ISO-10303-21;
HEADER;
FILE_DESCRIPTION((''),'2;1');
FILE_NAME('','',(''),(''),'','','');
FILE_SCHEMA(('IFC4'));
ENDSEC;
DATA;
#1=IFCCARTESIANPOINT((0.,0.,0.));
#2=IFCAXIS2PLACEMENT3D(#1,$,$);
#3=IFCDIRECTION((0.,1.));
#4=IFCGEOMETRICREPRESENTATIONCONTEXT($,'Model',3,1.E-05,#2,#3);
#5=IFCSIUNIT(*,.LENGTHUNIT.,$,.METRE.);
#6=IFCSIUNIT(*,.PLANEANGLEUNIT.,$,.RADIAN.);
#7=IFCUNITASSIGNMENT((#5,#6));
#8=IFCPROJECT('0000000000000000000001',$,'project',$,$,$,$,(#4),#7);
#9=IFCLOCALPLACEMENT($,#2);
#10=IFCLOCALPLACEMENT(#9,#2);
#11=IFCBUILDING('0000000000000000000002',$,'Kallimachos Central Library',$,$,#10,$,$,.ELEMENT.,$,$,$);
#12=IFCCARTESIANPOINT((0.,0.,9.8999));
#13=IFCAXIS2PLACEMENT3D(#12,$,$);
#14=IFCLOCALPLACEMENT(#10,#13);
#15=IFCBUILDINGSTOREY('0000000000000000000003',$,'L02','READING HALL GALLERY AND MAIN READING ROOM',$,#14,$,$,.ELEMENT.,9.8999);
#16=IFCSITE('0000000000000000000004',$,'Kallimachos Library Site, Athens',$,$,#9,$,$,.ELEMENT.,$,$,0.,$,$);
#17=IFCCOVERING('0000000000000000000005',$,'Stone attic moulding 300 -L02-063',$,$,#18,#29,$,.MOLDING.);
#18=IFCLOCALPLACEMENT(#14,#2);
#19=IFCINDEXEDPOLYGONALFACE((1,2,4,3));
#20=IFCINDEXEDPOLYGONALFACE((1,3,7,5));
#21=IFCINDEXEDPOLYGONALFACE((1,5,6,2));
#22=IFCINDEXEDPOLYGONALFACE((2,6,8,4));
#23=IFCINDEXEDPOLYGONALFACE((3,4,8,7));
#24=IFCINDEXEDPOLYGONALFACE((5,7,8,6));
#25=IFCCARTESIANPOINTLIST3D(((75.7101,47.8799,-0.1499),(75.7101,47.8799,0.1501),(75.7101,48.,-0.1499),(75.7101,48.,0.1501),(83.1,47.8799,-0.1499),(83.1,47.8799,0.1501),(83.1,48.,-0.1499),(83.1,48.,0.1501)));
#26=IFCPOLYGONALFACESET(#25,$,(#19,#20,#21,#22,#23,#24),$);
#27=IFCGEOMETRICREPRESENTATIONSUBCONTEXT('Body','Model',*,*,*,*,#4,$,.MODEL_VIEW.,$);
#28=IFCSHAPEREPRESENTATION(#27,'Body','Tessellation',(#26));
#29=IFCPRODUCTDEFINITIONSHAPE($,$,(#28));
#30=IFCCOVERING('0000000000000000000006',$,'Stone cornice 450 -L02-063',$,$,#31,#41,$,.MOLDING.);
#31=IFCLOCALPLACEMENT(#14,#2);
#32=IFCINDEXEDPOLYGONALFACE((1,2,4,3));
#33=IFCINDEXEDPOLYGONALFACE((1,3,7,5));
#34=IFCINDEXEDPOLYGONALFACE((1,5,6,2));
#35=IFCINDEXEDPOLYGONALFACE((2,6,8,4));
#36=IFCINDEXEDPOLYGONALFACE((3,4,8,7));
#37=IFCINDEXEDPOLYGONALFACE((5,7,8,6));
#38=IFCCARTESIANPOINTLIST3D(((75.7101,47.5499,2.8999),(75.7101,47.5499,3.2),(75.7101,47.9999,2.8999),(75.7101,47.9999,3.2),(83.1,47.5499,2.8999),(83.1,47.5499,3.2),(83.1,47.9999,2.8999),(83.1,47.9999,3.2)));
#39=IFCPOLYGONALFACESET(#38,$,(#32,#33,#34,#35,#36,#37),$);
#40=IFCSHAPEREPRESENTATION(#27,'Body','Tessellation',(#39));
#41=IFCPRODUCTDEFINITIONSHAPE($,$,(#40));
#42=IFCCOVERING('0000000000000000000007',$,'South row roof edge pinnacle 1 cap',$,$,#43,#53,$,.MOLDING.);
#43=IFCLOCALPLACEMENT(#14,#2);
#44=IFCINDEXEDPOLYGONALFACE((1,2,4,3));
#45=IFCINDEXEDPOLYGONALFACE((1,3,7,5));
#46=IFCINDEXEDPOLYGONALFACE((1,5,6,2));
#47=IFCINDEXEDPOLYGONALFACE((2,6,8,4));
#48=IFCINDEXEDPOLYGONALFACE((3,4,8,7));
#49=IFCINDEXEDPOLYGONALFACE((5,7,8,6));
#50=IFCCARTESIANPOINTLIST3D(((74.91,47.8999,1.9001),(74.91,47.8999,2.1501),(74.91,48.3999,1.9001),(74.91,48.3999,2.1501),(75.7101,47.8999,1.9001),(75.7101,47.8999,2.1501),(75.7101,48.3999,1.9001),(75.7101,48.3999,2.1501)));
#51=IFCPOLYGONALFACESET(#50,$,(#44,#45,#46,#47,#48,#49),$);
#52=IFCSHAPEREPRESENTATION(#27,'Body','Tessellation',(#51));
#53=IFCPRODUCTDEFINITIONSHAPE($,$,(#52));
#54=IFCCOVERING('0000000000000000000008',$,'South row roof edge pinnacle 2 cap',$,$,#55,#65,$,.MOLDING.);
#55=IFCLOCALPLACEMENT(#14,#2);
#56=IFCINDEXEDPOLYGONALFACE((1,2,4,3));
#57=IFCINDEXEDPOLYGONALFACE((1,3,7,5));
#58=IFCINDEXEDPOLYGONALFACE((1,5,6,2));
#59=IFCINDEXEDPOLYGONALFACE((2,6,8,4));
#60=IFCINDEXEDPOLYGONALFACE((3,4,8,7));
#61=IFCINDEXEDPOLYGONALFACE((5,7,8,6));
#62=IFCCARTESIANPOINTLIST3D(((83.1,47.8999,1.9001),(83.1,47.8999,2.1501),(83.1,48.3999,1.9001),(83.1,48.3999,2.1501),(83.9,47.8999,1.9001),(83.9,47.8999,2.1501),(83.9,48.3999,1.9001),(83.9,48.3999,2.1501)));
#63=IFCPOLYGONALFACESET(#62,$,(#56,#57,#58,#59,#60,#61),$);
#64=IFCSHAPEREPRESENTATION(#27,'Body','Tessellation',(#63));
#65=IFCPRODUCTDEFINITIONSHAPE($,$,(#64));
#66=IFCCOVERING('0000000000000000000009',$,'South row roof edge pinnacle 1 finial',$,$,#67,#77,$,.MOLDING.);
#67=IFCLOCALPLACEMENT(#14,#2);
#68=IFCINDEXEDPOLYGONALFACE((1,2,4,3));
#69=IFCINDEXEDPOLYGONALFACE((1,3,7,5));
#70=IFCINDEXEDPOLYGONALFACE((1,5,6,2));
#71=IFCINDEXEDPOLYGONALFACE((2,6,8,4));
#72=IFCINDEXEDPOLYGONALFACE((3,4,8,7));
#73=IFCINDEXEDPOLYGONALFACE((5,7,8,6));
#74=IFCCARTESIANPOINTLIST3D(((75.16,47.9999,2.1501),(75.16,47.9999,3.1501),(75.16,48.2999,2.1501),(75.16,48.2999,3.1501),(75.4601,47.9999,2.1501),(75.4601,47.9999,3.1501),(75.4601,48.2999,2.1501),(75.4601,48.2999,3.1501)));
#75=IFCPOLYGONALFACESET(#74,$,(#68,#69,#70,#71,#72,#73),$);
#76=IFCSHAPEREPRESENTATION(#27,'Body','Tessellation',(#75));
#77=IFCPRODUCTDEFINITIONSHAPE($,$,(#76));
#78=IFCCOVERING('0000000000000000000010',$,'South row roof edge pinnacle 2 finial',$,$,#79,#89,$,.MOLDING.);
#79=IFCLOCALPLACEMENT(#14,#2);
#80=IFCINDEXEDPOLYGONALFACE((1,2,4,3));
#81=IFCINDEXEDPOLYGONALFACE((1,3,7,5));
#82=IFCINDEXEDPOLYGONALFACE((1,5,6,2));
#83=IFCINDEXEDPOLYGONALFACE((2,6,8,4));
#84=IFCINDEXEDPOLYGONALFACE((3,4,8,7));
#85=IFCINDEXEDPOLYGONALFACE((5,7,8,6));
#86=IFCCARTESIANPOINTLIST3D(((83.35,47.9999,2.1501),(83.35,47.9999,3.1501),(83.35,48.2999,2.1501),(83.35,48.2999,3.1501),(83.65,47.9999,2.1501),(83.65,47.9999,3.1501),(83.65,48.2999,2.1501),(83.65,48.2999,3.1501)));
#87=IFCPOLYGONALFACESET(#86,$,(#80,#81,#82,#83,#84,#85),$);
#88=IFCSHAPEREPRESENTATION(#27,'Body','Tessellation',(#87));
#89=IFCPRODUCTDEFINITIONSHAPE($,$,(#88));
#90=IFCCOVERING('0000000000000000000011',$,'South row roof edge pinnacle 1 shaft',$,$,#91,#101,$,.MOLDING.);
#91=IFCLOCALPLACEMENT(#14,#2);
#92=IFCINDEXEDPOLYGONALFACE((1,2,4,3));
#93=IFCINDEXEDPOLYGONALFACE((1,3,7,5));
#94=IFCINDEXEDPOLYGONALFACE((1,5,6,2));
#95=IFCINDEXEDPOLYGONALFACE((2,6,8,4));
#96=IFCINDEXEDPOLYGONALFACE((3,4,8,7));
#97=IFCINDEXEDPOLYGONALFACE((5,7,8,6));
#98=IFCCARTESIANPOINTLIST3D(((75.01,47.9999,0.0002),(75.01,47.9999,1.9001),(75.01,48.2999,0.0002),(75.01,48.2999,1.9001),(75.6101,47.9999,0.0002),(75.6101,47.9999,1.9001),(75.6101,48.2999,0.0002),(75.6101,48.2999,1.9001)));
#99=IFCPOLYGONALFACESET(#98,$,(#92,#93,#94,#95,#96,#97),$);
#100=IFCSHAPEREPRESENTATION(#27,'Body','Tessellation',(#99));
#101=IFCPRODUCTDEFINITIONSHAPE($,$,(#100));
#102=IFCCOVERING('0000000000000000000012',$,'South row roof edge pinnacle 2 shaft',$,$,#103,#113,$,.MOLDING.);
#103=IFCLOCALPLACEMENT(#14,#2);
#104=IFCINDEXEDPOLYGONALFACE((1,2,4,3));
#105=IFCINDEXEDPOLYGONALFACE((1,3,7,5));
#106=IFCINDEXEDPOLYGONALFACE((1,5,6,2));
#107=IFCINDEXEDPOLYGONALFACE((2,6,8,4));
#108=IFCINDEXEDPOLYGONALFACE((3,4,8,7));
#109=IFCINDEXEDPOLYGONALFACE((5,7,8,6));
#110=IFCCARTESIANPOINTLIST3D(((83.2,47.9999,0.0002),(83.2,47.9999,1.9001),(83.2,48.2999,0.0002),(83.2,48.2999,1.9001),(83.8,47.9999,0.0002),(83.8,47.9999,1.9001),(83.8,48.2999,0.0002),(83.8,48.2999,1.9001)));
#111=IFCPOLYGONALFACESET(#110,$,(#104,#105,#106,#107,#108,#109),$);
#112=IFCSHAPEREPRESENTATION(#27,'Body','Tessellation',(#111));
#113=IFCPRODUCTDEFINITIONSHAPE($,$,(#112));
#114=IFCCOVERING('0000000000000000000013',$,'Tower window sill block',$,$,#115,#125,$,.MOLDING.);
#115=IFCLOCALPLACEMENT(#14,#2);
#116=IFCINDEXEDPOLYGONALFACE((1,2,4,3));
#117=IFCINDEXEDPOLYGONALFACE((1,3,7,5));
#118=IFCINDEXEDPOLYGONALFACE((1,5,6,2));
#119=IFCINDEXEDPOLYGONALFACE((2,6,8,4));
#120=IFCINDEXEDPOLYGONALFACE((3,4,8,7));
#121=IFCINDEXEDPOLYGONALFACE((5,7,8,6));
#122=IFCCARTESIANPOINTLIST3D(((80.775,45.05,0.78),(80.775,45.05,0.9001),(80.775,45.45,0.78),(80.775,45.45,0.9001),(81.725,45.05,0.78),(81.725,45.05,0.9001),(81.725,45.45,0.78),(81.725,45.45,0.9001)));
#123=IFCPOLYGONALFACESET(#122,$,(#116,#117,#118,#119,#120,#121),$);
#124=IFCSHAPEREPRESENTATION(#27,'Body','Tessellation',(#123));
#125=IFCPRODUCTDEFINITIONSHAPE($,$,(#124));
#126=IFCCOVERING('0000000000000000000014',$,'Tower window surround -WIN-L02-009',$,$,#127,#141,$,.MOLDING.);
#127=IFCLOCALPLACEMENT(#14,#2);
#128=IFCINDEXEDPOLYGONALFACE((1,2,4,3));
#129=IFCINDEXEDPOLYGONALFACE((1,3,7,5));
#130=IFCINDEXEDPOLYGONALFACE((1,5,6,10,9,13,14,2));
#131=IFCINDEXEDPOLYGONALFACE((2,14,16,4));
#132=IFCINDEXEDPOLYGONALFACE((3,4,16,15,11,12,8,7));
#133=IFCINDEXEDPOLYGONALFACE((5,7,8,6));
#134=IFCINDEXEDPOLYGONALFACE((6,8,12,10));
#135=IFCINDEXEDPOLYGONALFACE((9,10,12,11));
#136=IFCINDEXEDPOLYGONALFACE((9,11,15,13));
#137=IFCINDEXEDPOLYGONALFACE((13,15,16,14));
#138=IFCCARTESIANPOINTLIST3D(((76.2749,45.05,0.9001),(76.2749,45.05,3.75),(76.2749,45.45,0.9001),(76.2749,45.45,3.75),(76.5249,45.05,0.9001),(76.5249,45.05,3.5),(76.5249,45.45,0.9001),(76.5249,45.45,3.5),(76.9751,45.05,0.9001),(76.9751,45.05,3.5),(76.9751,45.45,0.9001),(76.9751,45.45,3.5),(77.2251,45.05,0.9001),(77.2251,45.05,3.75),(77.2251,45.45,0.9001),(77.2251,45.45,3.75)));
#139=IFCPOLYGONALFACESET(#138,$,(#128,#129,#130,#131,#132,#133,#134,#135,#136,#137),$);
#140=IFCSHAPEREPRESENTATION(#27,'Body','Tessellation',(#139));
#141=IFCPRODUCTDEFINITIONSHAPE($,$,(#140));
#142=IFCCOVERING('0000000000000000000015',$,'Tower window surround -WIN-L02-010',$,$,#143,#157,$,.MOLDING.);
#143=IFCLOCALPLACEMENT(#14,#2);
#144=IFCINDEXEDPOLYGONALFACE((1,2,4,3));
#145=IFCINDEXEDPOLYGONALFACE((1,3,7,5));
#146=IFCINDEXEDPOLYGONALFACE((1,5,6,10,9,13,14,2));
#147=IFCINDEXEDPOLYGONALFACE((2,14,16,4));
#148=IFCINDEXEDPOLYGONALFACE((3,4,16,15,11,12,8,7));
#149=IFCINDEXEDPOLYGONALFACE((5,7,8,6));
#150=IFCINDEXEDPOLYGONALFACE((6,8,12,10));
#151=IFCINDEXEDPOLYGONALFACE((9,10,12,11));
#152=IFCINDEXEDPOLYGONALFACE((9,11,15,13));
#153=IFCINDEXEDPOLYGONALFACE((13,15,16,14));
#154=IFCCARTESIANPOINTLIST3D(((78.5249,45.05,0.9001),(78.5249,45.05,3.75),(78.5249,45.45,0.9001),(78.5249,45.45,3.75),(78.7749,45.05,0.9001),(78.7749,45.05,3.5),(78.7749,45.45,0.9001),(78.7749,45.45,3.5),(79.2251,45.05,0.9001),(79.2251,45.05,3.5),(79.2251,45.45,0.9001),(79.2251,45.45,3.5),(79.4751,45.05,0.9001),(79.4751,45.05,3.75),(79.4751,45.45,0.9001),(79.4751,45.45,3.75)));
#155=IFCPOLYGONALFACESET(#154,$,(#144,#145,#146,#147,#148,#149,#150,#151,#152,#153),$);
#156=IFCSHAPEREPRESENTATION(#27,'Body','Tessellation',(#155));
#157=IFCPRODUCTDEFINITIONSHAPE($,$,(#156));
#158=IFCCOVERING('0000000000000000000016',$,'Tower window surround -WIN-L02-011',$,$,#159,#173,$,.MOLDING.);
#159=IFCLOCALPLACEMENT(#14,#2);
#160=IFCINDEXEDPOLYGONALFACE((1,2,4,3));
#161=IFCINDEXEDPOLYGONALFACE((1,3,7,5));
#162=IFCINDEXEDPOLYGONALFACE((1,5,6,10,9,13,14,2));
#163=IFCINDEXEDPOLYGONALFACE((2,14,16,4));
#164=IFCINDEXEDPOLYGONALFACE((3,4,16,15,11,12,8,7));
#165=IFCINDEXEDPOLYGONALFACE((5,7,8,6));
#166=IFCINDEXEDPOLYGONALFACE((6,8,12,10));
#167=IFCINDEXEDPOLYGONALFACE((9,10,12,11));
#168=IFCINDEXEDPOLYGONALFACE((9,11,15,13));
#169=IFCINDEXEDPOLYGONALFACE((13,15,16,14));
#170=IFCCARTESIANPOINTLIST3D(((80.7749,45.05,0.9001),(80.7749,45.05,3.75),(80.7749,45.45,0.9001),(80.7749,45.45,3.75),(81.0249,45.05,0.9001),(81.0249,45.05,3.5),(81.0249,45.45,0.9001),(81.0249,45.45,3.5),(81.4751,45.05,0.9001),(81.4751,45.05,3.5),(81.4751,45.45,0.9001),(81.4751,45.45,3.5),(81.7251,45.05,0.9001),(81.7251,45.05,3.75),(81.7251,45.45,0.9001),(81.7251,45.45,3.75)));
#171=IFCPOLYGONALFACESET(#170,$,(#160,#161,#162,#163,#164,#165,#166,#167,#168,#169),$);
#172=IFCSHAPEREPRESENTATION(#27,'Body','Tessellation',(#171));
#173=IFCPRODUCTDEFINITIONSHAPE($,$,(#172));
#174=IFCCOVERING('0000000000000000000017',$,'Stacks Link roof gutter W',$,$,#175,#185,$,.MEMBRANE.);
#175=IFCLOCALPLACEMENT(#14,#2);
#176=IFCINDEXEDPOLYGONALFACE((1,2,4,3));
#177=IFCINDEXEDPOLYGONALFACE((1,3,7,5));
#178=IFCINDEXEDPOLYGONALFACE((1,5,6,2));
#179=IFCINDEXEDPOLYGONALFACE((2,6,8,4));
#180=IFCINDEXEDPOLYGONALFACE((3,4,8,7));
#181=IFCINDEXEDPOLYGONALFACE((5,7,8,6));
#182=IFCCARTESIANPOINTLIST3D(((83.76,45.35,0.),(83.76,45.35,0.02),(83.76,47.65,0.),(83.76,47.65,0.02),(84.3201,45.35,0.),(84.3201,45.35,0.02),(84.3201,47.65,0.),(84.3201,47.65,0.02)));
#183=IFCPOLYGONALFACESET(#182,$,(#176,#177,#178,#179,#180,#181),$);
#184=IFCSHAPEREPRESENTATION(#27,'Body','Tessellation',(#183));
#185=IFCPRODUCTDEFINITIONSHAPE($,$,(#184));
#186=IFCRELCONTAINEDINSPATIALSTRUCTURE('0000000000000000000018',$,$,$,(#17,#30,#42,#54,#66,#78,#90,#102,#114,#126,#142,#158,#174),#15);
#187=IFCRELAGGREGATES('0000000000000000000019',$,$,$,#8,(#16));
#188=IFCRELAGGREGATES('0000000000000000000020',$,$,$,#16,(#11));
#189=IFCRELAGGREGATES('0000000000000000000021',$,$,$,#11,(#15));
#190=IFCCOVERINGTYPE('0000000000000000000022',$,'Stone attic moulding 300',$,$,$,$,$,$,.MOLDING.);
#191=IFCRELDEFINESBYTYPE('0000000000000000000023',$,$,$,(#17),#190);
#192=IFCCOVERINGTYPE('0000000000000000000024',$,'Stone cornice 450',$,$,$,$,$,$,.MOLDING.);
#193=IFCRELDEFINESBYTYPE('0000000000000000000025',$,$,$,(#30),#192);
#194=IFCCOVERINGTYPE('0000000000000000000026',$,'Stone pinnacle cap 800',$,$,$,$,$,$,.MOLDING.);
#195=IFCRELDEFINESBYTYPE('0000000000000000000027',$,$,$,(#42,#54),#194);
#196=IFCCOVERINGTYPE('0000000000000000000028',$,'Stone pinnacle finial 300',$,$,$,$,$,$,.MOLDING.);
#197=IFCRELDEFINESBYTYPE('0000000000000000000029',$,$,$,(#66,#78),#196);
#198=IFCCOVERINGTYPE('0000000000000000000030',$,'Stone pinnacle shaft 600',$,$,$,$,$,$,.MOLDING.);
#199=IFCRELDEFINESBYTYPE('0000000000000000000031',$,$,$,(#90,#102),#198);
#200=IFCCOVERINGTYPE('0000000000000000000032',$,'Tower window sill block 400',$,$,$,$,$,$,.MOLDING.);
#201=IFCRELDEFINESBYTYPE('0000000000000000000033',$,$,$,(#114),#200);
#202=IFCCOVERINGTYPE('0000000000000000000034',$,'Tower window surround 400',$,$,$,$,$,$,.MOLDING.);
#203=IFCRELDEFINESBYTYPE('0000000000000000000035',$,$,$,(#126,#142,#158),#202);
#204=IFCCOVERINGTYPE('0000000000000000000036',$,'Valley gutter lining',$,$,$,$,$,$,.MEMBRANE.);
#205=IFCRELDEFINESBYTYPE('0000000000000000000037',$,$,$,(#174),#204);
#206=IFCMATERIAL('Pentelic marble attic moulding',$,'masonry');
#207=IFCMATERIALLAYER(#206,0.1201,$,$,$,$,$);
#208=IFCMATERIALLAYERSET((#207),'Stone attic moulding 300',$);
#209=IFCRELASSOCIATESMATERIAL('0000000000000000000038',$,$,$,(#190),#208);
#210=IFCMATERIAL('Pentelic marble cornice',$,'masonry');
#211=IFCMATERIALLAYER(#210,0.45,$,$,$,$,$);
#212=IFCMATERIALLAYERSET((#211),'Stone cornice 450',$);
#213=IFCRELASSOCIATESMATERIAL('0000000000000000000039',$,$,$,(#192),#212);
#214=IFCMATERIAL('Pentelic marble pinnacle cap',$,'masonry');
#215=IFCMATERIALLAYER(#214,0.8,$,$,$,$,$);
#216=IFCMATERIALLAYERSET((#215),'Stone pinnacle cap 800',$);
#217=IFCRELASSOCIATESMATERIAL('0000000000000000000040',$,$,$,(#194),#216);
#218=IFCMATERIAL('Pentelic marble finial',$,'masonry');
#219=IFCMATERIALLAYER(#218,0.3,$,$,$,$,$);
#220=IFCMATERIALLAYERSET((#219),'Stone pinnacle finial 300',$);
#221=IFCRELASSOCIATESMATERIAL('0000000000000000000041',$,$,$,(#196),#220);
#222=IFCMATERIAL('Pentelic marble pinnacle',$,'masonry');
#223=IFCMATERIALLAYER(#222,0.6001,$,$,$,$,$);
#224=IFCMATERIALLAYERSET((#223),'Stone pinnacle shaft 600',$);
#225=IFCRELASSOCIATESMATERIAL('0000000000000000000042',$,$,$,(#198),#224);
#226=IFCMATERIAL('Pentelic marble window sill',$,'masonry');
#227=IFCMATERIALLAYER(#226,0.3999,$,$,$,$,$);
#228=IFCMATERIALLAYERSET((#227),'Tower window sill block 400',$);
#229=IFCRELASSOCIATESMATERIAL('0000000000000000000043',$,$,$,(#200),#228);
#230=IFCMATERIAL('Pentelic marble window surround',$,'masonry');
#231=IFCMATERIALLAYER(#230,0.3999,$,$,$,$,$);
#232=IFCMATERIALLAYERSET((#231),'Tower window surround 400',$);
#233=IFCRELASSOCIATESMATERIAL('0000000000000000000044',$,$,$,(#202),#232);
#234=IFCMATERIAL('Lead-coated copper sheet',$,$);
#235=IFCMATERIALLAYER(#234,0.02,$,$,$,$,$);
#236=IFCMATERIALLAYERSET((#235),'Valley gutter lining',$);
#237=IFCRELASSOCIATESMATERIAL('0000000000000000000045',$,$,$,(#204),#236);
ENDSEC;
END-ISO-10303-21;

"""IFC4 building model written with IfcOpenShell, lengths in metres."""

from ifc_helpers import new_model, si_unit, direction, frame, origin, origin_2d, place, context, subcontext, project, spatial, polyline, rectangle, outline, extrude, material, layer, layer_set, type_object, element, save


model = new_model("IFC4")

# Units and contexts
model_context = context("Model", 3, precision=1e-05, world=origin(), true_north=direction((0.0, 1.0)))
body_context = subcontext(model_context, "Body", "Model", "MODEL_VIEW")
ifc_project = project(units=[si_unit("LENGTHUNIT", "METRE"), si_unit("PLANEANGLEUNIT", "RADIAN")], contexts=[model_context])

# Site, building, storey
site_placement = place(None, origin())
site = spatial("IfcSite", under=ifc_project, at=site_placement, Name="Kallimachos Library Site, Athens", CompositionType="ELEMENT", RefElevation=0.0)
building_placement = place(site_placement, origin())
building = spatial("IfcBuilding", under=site, at=building_placement, Name="Kallimachos Central Library", CompositionType="ELEMENT")
storey_placement = place(building_placement, frame((0.0, 0.0, 9.8999)))
storey = spatial("IfcBuildingStorey", under=building, at=storey_placement, Name="L02", Description="READING HALL GALLERY AND MAIN READING ROOM", CompositionType="ELEMENT", Elevation=9.8999)

# Coverings
ifc_material_1 = material(Name="Pentelic marble attic moulding", Category="masonry")
ifc_layer_1 = layer(ifc_material_1, 0.1201)
ifc_layer_set_1 = layer_set([ifc_layer_1], Name="Stone attic moulding 300")
covering_type_1 = type_object("IfcCoveringType", Name="Stone attic moulding 300", PredefinedType="MOLDING", material=ifc_layer_set_1)
covering_1_placement = place(storey_placement, frame((79.405, 47.9399, -0.1499), z_axis=(0.0, 0.0, 1.0), x_axis=(1.0, 0.0, 0.0)))
element("IfcCovering", 1, at=covering_1_placement, inside=storey, type_object=covering_type_1, Name="Stone attic moulding 300 -L02-063", PredefinedType="MOLDING", context=body_context, shape_type="SweptSolid", body=[
    extrude(rectangle(XDim=7.3899, YDim=0.1201, at=origin_2d()), origin(), (0.0, 0.0, 1.0), 0.3),
])
ifc_material_2 = material(Name="Pentelic marble cornice", Category="masonry")
ifc_layer_2 = layer(ifc_material_2, 0.45)
ifc_layer_set_2 = layer_set([ifc_layer_2], Name="Stone cornice 450")
covering_type_2 = type_object("IfcCoveringType", Name="Stone cornice 450", PredefinedType="MOLDING", material=ifc_layer_set_2)
covering_2_placement = place(storey_placement, frame((79.405, 47.7749, 2.8999), z_axis=(0.0, 0.0, 1.0), x_axis=(1.0, 0.0, 0.0)))
element("IfcCovering", 2, at=covering_2_placement, inside=storey, type_object=covering_type_2, Name="Stone cornice 450 -L02-063", PredefinedType="MOLDING", context=body_context, shape_type="SweptSolid", body=[
    extrude(rectangle(XDim=7.3899, YDim=0.45, at=origin_2d()), origin(), (0.0, 0.0, 1.0), 0.3),
])
ifc_material_3 = material(Name="Pentelic marble pinnacle cap", Category="masonry")
ifc_layer_3 = layer(ifc_material_3, 0.8)
ifc_layer_set_3 = layer_set([ifc_layer_3], Name="Stone pinnacle cap 800")
covering_type_3 = type_object("IfcCoveringType", Name="Stone pinnacle cap 800", PredefinedType="MOLDING", material=ifc_layer_set_3)
for number, where, z_axis, x_axis, name in (
    (3, (75.3101, 48.1499, 1.9001), (0.0, 0.0, 1.0), (1.0, 0.0, 0.0), "South row roof edge pinnacle 1 cap"),
    (4, (83.5, 48.1499, 1.9001), (0.0, 0.0, 1.0), (1.0, 0.0, 0.0), "South row roof edge pinnacle 2 cap"),
):
    element("IfcCovering", number, at=place(storey_placement, frame(where, z_axis=z_axis, x_axis=x_axis)), inside=storey, type_object=covering_type_3, Name=name, PredefinedType="MOLDING", context=body_context, shape_type="SweptSolid", body=[
        extrude(rectangle(XDim=0.8, YDim=0.5, at=origin_2d()), origin(), (0.0, 0.0, 1.0), 0.25),
    ])
ifc_material_4 = material(Name="Pentelic marble finial", Category="masonry")
ifc_layer_4 = layer(ifc_material_4, 0.3)
ifc_layer_set_4 = layer_set([ifc_layer_4], Name="Stone pinnacle finial 300")
covering_type_4 = type_object("IfcCoveringType", Name="Stone pinnacle finial 300", PredefinedType="MOLDING", material=ifc_layer_set_4)
for number, where, z_axis, x_axis, name in (
    (5, (75.3101, 48.1499, 2.1501), (0.0, 0.0, 1.0), (1.0, 0.0, 0.0), "South row roof edge pinnacle 1 finial"),
    (6, (83.5, 48.1499, 2.1501), (0.0, 0.0, 1.0), (1.0, 0.0, 0.0), "South row roof edge pinnacle 2 finial"),
):
    element("IfcCovering", number, at=place(storey_placement, frame(where, z_axis=z_axis, x_axis=x_axis)), inside=storey, type_object=covering_type_4, Name=name, PredefinedType="MOLDING", context=body_context, shape_type="SweptSolid", body=[
        extrude(rectangle(XDim=0.3, YDim=0.3, at=origin_2d()), origin(), (0.0, 0.0, 1.0), 1.0),
    ])
ifc_material_5 = material(Name="Pentelic marble pinnacle", Category="masonry")
ifc_layer_5 = layer(ifc_material_5, 0.6001)
ifc_layer_set_5 = layer_set([ifc_layer_5], Name="Stone pinnacle shaft 600")
covering_type_5 = type_object("IfcCoveringType", Name="Stone pinnacle shaft 600", PredefinedType="MOLDING", material=ifc_layer_set_5)
for number, where, z_axis, x_axis, name in (
    (7, (75.3101, 48.1499, 0.0002), (0.0, 0.0, 1.0), (1.0, 0.0, 0.0), "South row roof edge pinnacle 1 shaft"),
    (8, (83.5, 48.1499, 0.0002), (0.0, 0.0, 1.0), (1.0, 0.0, 0.0), "South row roof edge pinnacle 2 shaft"),
):
    element("IfcCovering", number, at=place(storey_placement, frame(where, z_axis=z_axis, x_axis=x_axis)), inside=storey, type_object=covering_type_5, Name=name, PredefinedType="MOLDING", context=body_context, shape_type="SweptSolid", body=[
        extrude(rectangle(XDim=0.6001, YDim=0.3, at=origin_2d()), origin(), (0.0, 0.0, 1.0), 1.8999),
    ])
ifc_material_6 = material(Name="Pentelic marble window sill", Category="masonry")
ifc_layer_6 = layer(ifc_material_6, 0.3999)
ifc_layer_set_6 = layer_set([ifc_layer_6], Name="Tower window sill block 400")
covering_type_6 = type_object("IfcCoveringType", Name="Tower window sill block 400", PredefinedType="MOLDING", material=ifc_layer_set_6)
covering_3_placement = place(storey_placement, frame((81.25, 45.25, 0.78), z_axis=(0.0, 0.0, 1.0), x_axis=(1.0, 0.0, 0.0)))
element("IfcCovering", 9, at=covering_3_placement, inside=storey, type_object=covering_type_6, Name="Tower window sill block", PredefinedType="MOLDING", context=body_context, shape_type="SweptSolid", body=[
    extrude(rectangle(XDim=0.95, YDim=0.3999, at=origin_2d()), origin(), (0.0, 0.0, 1.0), 0.1201),
])
ifc_material_7 = material(Name="Pentelic marble window surround", Category="masonry")
ifc_layer_7 = layer(ifc_material_7, 0.3999)
ifc_layer_set_7 = layer_set([ifc_layer_7], Name="Tower window surround 400")
covering_type_7 = type_object("IfcCoveringType", Name="Tower window surround 400", PredefinedType="MOLDING", material=ifc_layer_set_7)
for number, where, z_axis, x_axis, name in (
    (10, (76.2749, 45.45, 0.9001), (0.0, 1.0, 0.0), (0.0, 0.0, 1.0), "Tower window surround -WIN-L02-009"),
    (11, (78.5249, 45.45, 0.9001), (0.0, 1.0, 0.0), (0.0, 0.0, 1.0), "Tower window surround -WIN-L02-010"),
    (12, (80.7749, 45.45, 0.9001), (0.0, 1.0, 0.0), (0.0, 0.0, 1.0), "Tower window surround -WIN-L02-011"),
):
    element("IfcCovering", number, at=place(storey_placement, frame(where, z_axis=z_axis, x_axis=x_axis)), inside=storey, type_object=covering_type_7, Name=name, PredefinedType="MOLDING", context=body_context, shape_type="SweptSolid", body=[
        extrude(outline(polyline([(0.0, 0.0), (2.8499, 0.0), (2.8499, 0.9502), (0.0, 0.9502), (0.0, 0.7002), (2.5999, 0.7002), (2.5999, 0.25), (0.0, 0.25), (0.0, 0.0)])), origin(), (0.0, 0.0, -1.0), 0.3999),
    ])
ifc_material_8 = material(Name="Lead-coated copper sheet")
ifc_layer_8 = layer(ifc_material_8, 0.02)
ifc_layer_set_8 = layer_set([ifc_layer_8], Name="Valley gutter lining")
covering_type_8 = type_object("IfcCoveringType", Name="Valley gutter lining", PredefinedType="MEMBRANE", material=ifc_layer_set_8)
covering_4_placement = place(storey_placement, frame((84.04, 46.5, 0.0), z_axis=(0.0, 0.0, 1.0), x_axis=(1.0, 0.0, 0.0)))
element("IfcCovering", 13, at=covering_4_placement, inside=storey, type_object=covering_type_8, Name="Stacks Link roof gutter W", PredefinedType="MEMBRANE", context=body_context, shape_type="SweptSolid", body=[
    extrude(rectangle(XDim=0.5601, YDim=2.3, at=origin_2d()), origin(), (0.0, 0.0, 1.0), 0.02),
])

save(model, "model.ifc")
